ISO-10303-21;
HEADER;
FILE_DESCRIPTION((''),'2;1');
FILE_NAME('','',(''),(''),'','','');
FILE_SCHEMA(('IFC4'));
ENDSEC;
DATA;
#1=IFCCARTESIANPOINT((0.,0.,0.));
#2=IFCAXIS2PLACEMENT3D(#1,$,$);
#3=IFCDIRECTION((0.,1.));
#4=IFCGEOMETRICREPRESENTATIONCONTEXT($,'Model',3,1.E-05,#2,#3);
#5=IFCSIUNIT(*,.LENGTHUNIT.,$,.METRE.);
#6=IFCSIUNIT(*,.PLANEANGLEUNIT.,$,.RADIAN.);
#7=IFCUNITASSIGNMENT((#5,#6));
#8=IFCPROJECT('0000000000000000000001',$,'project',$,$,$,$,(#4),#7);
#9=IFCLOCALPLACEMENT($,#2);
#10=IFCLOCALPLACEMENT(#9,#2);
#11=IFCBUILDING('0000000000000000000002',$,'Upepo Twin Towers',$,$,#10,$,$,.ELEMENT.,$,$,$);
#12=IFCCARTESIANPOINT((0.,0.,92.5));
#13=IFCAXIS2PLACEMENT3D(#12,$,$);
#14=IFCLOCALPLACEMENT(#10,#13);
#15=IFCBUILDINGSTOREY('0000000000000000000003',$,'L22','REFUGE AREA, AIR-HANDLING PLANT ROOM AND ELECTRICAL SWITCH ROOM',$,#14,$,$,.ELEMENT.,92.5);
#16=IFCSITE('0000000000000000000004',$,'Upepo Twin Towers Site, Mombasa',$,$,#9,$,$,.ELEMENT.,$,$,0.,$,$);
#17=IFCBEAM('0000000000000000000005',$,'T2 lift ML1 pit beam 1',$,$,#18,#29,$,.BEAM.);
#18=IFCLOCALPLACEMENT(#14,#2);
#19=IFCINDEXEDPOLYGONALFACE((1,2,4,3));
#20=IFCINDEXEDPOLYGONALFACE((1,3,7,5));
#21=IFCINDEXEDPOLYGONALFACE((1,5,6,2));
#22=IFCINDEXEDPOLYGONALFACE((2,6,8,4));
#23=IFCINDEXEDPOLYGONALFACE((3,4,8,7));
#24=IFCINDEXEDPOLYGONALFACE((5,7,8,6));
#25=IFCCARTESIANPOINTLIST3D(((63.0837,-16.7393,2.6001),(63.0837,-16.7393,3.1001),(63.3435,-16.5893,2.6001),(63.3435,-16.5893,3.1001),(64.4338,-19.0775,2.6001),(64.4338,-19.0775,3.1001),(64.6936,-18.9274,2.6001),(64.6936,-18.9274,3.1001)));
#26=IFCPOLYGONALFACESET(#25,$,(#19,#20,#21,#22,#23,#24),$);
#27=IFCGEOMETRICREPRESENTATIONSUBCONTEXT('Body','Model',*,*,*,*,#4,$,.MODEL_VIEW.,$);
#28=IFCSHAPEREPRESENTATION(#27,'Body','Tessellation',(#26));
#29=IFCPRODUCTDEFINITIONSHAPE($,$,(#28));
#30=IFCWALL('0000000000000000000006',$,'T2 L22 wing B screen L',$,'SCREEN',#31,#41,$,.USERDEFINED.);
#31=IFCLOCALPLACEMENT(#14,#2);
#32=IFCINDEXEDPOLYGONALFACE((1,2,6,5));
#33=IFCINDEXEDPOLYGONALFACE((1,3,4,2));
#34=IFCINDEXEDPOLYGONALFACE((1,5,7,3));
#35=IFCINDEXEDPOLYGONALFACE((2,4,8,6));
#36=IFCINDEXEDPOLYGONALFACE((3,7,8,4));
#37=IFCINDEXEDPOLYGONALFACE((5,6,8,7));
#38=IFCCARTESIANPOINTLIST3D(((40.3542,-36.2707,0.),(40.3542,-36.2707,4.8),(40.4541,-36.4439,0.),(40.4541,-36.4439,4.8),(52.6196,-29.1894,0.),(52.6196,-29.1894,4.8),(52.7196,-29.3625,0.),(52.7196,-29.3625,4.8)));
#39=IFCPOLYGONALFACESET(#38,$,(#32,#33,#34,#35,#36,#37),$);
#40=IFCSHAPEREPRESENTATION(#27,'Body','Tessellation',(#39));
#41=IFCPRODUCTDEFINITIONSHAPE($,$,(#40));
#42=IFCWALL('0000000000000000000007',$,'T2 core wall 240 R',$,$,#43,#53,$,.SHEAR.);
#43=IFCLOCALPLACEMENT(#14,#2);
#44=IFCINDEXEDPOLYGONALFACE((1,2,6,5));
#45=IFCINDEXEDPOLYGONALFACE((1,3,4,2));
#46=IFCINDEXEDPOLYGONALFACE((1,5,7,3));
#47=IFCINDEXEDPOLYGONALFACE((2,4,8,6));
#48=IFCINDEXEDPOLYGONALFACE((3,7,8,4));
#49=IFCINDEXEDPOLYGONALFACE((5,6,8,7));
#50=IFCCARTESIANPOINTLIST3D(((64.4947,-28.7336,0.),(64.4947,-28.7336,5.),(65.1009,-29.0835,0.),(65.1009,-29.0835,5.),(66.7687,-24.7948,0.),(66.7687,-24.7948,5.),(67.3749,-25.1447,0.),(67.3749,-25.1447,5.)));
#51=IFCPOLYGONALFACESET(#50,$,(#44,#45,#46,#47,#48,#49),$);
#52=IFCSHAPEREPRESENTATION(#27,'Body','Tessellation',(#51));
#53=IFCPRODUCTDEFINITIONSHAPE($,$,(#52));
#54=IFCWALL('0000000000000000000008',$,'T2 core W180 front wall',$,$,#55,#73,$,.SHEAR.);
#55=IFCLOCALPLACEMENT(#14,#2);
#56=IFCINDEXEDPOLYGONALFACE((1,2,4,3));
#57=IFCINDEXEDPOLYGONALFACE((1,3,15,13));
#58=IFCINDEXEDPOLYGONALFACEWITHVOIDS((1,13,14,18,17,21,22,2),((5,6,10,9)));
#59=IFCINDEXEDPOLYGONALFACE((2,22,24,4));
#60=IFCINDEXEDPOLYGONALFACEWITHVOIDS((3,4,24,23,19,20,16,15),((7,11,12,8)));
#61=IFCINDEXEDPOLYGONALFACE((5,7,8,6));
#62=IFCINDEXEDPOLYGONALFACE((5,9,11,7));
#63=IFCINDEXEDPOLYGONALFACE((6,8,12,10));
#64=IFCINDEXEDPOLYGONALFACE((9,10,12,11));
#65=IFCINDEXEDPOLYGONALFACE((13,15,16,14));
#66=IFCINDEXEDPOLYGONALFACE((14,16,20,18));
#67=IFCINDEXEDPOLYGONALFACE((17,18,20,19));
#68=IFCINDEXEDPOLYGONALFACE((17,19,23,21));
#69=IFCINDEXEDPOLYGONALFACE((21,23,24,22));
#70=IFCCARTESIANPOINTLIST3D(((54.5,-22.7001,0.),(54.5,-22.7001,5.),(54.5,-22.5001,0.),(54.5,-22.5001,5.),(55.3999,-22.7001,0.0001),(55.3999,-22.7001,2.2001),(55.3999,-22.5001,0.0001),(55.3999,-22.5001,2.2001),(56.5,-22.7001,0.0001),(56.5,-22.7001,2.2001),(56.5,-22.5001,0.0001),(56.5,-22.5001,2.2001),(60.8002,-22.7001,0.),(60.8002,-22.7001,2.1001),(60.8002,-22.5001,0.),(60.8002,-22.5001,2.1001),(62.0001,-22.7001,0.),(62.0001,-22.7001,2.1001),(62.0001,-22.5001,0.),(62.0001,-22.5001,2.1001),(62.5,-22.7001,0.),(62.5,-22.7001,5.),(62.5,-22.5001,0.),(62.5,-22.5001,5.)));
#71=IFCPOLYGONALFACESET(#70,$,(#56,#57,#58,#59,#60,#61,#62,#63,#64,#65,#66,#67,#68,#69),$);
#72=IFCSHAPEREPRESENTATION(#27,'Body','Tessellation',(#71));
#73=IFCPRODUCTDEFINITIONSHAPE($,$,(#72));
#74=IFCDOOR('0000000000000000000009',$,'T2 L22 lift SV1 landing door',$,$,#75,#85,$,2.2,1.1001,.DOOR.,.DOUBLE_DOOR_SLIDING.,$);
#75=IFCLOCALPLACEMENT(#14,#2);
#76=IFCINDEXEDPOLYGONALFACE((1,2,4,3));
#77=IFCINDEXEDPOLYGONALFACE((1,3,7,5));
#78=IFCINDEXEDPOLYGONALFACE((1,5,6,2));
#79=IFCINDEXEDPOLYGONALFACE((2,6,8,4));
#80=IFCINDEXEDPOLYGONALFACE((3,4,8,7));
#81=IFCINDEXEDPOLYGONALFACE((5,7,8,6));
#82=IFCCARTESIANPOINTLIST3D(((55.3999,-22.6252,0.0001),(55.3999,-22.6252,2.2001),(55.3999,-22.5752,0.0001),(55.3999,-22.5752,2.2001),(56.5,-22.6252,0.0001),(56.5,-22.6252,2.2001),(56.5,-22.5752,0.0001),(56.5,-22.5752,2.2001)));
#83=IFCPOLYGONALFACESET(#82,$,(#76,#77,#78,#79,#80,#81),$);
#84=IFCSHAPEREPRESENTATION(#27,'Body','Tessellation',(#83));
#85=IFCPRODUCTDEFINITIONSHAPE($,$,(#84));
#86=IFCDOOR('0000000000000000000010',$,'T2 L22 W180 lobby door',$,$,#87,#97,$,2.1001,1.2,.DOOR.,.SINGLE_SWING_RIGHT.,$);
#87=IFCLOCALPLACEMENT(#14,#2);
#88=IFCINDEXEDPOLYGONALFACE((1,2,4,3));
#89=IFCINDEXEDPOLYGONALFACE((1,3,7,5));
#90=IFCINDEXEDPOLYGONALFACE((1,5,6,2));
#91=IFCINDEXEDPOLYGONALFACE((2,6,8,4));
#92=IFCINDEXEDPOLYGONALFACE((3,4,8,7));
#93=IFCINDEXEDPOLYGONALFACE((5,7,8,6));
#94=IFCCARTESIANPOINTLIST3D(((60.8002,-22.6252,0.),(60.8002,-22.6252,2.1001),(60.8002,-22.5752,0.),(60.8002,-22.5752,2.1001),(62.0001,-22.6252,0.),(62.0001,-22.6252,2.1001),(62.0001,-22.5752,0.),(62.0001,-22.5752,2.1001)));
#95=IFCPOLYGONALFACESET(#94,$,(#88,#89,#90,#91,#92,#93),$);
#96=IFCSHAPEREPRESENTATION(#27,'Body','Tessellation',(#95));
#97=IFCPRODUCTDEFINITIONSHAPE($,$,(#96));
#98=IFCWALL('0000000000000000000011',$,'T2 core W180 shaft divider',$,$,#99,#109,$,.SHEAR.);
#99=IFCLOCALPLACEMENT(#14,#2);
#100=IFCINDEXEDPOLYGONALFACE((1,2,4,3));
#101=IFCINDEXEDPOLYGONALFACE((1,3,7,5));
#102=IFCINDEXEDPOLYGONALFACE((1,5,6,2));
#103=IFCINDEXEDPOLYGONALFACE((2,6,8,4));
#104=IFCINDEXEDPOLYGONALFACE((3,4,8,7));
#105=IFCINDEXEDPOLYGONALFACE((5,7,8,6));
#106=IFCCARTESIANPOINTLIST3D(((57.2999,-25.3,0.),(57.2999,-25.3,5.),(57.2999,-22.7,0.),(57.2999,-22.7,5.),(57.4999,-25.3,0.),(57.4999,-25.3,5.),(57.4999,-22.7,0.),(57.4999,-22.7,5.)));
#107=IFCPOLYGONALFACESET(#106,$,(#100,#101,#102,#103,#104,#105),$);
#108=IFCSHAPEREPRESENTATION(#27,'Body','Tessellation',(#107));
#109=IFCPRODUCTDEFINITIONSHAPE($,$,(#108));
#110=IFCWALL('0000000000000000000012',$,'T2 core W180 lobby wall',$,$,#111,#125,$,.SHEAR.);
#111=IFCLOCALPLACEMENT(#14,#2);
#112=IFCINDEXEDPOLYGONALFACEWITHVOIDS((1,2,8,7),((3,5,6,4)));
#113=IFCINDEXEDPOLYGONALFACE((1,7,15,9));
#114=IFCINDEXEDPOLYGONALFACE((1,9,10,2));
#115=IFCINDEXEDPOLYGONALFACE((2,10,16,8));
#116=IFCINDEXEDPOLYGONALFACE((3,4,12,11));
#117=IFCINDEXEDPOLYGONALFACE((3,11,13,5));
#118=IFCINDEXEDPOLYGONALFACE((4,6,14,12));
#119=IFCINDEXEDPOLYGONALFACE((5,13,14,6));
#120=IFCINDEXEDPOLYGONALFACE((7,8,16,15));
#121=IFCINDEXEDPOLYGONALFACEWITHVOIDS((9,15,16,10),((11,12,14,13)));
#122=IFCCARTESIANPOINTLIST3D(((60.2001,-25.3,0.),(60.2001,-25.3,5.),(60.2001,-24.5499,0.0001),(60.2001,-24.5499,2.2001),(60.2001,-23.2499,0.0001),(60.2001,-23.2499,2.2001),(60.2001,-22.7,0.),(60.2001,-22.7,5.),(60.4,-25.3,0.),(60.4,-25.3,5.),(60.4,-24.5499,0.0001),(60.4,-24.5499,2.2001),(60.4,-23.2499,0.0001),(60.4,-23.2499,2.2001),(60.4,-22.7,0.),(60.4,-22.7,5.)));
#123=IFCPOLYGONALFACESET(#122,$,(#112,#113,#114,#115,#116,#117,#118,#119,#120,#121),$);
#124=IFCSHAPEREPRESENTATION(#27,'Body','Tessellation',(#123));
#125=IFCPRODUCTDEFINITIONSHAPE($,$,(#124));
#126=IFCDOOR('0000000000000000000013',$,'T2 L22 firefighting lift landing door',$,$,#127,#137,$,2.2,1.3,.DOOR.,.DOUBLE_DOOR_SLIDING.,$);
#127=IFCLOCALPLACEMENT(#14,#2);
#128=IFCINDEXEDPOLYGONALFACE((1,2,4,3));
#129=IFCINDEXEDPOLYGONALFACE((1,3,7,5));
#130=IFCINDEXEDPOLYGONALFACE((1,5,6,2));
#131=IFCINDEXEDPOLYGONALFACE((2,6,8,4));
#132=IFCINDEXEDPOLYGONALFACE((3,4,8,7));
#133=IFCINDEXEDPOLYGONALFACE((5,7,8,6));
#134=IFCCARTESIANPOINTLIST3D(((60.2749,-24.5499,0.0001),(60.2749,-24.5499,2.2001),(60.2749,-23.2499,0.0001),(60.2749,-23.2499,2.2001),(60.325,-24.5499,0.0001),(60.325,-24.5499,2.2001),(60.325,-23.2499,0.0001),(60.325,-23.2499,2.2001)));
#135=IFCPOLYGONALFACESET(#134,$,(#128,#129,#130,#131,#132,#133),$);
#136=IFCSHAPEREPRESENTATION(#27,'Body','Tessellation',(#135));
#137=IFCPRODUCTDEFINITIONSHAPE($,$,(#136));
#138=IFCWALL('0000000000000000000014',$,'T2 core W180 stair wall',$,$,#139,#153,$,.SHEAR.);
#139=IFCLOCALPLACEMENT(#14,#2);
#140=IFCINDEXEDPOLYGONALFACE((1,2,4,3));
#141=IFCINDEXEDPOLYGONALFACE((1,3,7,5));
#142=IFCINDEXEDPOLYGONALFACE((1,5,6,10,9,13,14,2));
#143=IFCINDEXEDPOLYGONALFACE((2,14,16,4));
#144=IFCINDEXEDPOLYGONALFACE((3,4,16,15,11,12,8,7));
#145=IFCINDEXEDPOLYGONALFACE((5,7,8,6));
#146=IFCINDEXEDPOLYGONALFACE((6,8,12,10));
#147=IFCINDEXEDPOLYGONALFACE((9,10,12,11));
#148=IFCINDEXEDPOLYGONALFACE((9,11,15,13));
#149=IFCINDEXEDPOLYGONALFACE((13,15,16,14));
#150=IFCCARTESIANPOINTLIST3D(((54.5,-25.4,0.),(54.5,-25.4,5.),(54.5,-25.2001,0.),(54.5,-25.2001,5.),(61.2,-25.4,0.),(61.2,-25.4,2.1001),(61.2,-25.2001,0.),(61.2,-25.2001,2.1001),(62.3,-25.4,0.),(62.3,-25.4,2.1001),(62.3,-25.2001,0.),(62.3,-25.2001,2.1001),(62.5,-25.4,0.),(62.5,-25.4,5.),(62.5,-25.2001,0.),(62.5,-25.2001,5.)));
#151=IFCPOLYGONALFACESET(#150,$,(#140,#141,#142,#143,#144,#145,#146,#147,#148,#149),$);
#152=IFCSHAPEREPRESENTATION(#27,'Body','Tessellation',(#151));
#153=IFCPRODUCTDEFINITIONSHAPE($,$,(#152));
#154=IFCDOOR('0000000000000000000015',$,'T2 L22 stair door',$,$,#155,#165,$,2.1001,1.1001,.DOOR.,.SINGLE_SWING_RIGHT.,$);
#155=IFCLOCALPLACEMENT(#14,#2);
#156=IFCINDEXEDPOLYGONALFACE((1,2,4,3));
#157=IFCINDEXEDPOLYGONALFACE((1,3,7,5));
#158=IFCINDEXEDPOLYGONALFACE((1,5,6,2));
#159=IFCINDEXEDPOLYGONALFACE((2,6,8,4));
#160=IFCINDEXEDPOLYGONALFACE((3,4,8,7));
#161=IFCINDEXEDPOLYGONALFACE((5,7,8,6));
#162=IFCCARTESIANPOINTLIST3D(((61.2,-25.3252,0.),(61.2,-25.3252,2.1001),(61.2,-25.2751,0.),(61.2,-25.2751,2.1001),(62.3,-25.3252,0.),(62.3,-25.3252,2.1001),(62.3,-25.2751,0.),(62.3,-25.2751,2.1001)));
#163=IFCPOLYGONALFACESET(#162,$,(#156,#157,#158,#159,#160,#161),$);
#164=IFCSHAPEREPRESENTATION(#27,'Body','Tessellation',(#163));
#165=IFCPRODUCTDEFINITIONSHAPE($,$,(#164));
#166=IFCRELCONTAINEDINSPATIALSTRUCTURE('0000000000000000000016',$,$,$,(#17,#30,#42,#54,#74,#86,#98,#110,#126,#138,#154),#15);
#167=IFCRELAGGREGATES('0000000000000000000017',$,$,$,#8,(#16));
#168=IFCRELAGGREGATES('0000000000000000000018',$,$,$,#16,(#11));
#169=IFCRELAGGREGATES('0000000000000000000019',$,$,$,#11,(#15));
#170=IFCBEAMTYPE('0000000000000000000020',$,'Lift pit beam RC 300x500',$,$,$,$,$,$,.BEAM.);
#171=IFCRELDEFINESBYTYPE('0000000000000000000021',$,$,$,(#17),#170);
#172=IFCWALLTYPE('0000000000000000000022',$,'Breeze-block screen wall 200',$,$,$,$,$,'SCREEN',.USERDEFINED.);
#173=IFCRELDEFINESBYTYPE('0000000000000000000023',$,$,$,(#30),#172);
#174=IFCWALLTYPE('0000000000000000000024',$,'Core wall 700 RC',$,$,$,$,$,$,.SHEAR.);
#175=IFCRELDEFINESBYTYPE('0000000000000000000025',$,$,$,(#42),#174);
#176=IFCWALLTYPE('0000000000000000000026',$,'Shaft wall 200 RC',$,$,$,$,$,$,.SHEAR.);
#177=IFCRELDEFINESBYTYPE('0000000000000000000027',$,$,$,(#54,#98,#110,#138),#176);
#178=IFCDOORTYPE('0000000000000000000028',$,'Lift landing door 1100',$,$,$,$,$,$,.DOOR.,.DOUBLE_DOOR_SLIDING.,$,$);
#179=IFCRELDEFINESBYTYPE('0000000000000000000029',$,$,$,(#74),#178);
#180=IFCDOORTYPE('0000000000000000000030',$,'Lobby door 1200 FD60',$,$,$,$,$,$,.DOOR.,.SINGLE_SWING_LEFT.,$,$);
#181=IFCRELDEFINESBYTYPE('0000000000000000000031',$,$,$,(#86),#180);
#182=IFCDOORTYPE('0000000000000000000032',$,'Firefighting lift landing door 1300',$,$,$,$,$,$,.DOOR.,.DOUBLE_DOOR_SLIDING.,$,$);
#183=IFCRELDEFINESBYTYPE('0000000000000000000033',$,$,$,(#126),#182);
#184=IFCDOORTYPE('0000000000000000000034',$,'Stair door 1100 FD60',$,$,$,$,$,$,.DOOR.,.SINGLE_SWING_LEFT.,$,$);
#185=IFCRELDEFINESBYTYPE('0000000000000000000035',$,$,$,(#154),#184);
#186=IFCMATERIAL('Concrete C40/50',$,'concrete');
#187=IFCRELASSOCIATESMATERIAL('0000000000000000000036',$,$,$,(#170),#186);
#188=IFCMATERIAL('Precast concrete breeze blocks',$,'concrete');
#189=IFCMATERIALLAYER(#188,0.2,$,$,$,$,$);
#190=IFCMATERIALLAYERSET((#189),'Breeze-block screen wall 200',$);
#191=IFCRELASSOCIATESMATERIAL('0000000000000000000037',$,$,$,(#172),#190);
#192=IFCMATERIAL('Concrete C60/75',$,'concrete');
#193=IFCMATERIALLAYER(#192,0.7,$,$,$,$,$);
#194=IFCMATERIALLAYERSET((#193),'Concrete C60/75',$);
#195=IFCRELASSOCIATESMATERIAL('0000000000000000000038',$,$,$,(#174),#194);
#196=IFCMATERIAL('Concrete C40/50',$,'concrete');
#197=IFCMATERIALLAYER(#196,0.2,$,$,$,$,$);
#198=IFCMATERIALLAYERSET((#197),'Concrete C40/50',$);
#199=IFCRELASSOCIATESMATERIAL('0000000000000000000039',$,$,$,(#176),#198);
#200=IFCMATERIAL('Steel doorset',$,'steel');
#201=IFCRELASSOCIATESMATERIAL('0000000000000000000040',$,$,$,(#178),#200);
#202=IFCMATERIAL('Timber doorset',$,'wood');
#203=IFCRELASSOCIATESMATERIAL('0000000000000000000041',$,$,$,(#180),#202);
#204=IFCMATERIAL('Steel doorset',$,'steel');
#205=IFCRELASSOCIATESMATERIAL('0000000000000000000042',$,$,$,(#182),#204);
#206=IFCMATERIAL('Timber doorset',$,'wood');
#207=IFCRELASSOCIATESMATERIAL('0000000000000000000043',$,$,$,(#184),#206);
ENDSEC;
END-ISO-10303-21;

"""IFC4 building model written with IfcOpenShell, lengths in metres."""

from ifc_helpers import new_model, si_unit, direction, frame, frame_2d, origin, origin_2d, place, context, subcontext, project, spatial, rectangle, extrude, material, layer, layer_set, material_profile, profile_set, type_object, element, fill, save


model = new_model("IFC4")

# Units and contexts
model_context = context("Model", 3, precision=1e-05, world=origin(), true_north=direction((0.0, 1.0)))
body_context = subcontext(model_context, "Body", "Model", "MODEL_VIEW")
ifc_project = project(units=[si_unit("LENGTHUNIT", "METRE"), si_unit("PLANEANGLEUNIT", "RADIAN")], contexts=[model_context])

# Site, building, storey
site_placement = place(None, origin())
site = spatial("IfcSite", under=ifc_project, at=site_placement, Name="Upepo Twin Towers Site, Mombasa", CompositionType="ELEMENT", RefElevation=0.0)
building_placement = place(site_placement, origin())
building = spatial("IfcBuilding", under=site, at=building_placement, Name="Upepo Twin Towers", CompositionType="ELEMENT")
storey_placement = place(building_placement, frame((0.0, 0.0, 92.5)))
storey = spatial("IfcBuildingStorey", under=building, at=storey_placement, Name="L22", Description="REFUGE AREA, AIR-HANDLING PLANT ROOM AND ELECTRICAL SWITCH ROOM", CompositionType="ELEMENT", Elevation=92.5)

# Beam
ifc_material_1 = material(Name="Concrete C40/50", Category="concrete")
ifc_material_profile = material_profile(ifc_material_1, rectangle(XDim=0.3, YDim=0.5, at=origin_2d()), Name="RC 300x500")
ifc_profile_set = profile_set([ifc_material_profile], Name="Concrete C40/50")
beam_type = type_object("IfcBeamType", Name="Lift pit beam RC 300x500", PredefinedType="BEAM", material=ifc_profile_set)
beam_placement = place(storey_placement, frame((64.5637, -19.0024, 2.8501), z_axis=(-0.500049, 0.865997, 0.0), x_axis=(-0.865997, -0.500049, 0.0)))
element("IfcBeam", 1, at=beam_placement, inside=storey, type_object=beam_type, Name="T2 lift ML1 pit beam 1", PredefinedType="BEAM", context=body_context, shape_type="SweptSolid", body=[
    extrude(rectangle(XDim=0.3, YDim=0.5, at=origin_2d()), origin(), (0.0, 0.0, 1.0), 2.7),
])

# Walls
ifc_material_2 = material(Name="Precast concrete breeze blocks", Category="concrete")
ifc_layer_1 = layer(ifc_material_2, 0.2)
ifc_layer_set_1 = layer_set([ifc_layer_1], Name="Breeze-block screen wall 200")
wall_type_1 = type_object("IfcWallType", Name="Breeze-block screen wall 200", ElementType="SCREEN", PredefinedType="USERDEFINED", material=ifc_layer_set_1)
wall_1_placement = place(storey_placement, frame((52.6697, -29.2759, 0.0), z_axis=(0.0, 0.0, 1.0), x_axis=(-0.866029, -0.499994, 0.0)))
element("IfcWall", 2, at=wall_1_placement, inside=storey, type_object=wall_type_1, Name="T2 L22 wing B screen L", ObjectType="SCREEN", PredefinedType="USERDEFINED", context=body_context, shape_type="SweptSolid", body=[
    extrude(rectangle(XDim=14.1628, YDim=0.2, at=frame_2d((7.0815, 0.0))), origin(), (0.0, 0.0, 1.0), 4.8),
])
ifc_material_3 = material(Name="Concrete C60/75", Category="concrete")
ifc_layer_2 = layer(ifc_material_3, 0.7)
ifc_layer_set_2 = layer_set([ifc_layer_2], Name="Concrete C60/75")
wall_type_2 = type_object("IfcWallType", Name="Core wall 700 RC", PredefinedType="SHEAR", material=ifc_layer_set_2)
wall_2_placement = place(storey_placement, frame((64.7979, -28.9084, 0.0), z_axis=(0.0, 0.0, 1.0), x_axis=(0.499984, 0.866035, 0.0)))
element("IfcWall", 3, at=wall_2_placement, inside=storey, type_object=wall_type_2, Name="T2 core wall 240 R", PredefinedType="SHEAR", context=body_context, shape_type="SweptSolid", body=[
    extrude(rectangle(XDim=4.5481, YDim=0.7, at=frame_2d((2.2739, 0.0))), origin(), (0.0, 0.0, 1.0), 5.0),
])

# Wall, openings, doors
ifc_material_4 = material(Name="Concrete C40/50", Category="concrete")
ifc_layer_3 = layer(ifc_material_4, 0.2)
ifc_layer_set_3 = layer_set([ifc_layer_3], Name="Concrete C40/50")
wall_type_3 = type_object("IfcWallType", Name="Shaft wall 200 RC", PredefinedType="SHEAR", material=ifc_layer_set_3)
wall_3_placement = place(storey_placement, frame((54.5, -22.6001, 0.0), z_axis=(0.0, 0.0, 1.0), x_axis=(1.0, 0.0, 0.0)))
wall_3 = element("IfcWall", 4, at=wall_3_placement, inside=storey, type_object=wall_type_3, Name="T2 core W180 front wall", PredefinedType="SHEAR", context=body_context, shape_type="SweptSolid", body=[
    extrude(rectangle(XDim=8.0, YDim=0.2, at=frame_2d((4.0, 0.0))), origin(), (0.0, 0.0, 1.0), 5.0),
])
opening_1_placement = place(wall_3_placement, frame((6.3, 0.0, 0.0)))
opening_1 = element("IfcOpeningElement", 5, at=opening_1_placement, cuts=wall_3, PredefinedType="OPENING", context=body_context, shape_type="SweptSolid", body=[
    extrude(rectangle(XDim=1.2, YDim=2.1001, at=frame_2d((0.6001, 1.05))), frame((0.0, 0.1099, 0.0), z_axis=(0.0, -1.0, 0.0), x_axis=(1.0, 0.0, 0.0)), (0.0, 0.0, 1.0), 0.22),
])
opening_2_placement = place(wall_3_placement, frame((0.8999, 0.0, 0.0)))
opening_2 = element("IfcOpeningElement", 6, at=opening_2_placement, cuts=wall_3, PredefinedType="OPENING", context=body_context, shape_type="SweptSolid", body=[
    extrude(rectangle(XDim=1.1001, YDim=2.2, at=frame_2d((0.55, 1.1001))), frame((0.0, 0.1099, 0.0), z_axis=(0.0, -1.0, 0.0), x_axis=(1.0, 0.0, 0.0)), (0.0, 0.0, 1.0), 0.22),
])
ifc_material_5 = material(Name="Steel doorset", Category="steel")
door_type_1 = type_object("IfcDoorType", Name="Lift landing door 1100", OperationType="DOUBLE_DOOR_SLIDING", PredefinedType="DOOR", material=ifc_material_5)
door_1_placement = place(opening_2_placement, origin())
door_1 = element("IfcDoor", 7, at=door_1_placement, inside=storey, type_object=door_type_1, Name="T2 L22 lift SV1 landing door", OperationType="DOUBLE_DOOR_SLIDING", OverallHeight=2.2, OverallWidth=1.1001, PredefinedType="DOOR", context=body_context, shape_type="SweptSolid", body=[
    extrude(rectangle(XDim=1.1001, YDim=2.2, at=frame_2d((0.55, 1.1001))), frame((0.0, 0.0249, 0.0), z_axis=(0.0, -1.0, 0.0), x_axis=(1.0, 0.0, 0.0)), (0.0, 0.0, 1.0), 0.05),
])
fill(opening_2, door_1)
ifc_material_6 = material(Name="Timber doorset", Category="wood")
door_type_2 = type_object("IfcDoorType", Name="Lobby door 1200 FD60", OperationType="SINGLE_SWING_LEFT", PredefinedType="DOOR", material=ifc_material_6)
door_2_placement = place(opening_1_placement, origin())
door_2 = element("IfcDoor", 8, at=door_2_placement, inside=storey, type_object=door_type_2, Name="T2 L22 W180 lobby door", OperationType="SINGLE_SWING_RIGHT", OverallHeight=2.1001, OverallWidth=1.2, PredefinedType="DOOR", context=body_context, shape_type="SweptSolid", body=[
    extrude(rectangle(XDim=1.2, YDim=2.1001, at=frame_2d((0.6001, 1.05))), frame((0.0, 0.0249, 0.0), z_axis=(0.0, -1.0, 0.0), x_axis=(1.0, 0.0, 0.0)), (0.0, 0.0, 1.0), 0.05),
])
fill(opening_1, door_2)

# Wall
wall_4_placement = place(storey_placement, frame((57.3999, -22.7, 0.0), z_axis=(0.0, 0.0, 1.0), x_axis=(0.0, -1.0, 0.0)))
element("IfcWall", 9, at=wall_4_placement, inside=storey, type_object=wall_type_3, Name="T2 core W180 shaft divider", PredefinedType="SHEAR", context=body_context, shape_type="SweptSolid", body=[
    extrude(rectangle(XDim=2.6001, YDim=0.2, at=frame_2d((1.3, 0.0))), origin(), (0.0, 0.0, 1.0), 5.0),
])

# Walls, openings, doors
wall_5_placement = place(storey_placement, frame((60.3, -22.7, 0.0), z_axis=(0.0, 0.0, 1.0), x_axis=(0.0, -1.0, 0.0)))
wall_5 = element("IfcWall", 10, at=wall_5_placement, inside=storey, type_object=wall_type_3, Name="T2 core W180 lobby wall", PredefinedType="SHEAR", context=body_context, shape_type="SweptSolid", body=[
    extrude(rectangle(XDim=2.6001, YDim=0.2, at=frame_2d((1.3, 0.0))), origin(), (0.0, 0.0, 1.0), 5.0),
])
opening_3_placement = place(wall_5_placement, frame((0.55, 0.0, 0.0)))
opening_3 = element("IfcOpeningElement", 11, at=opening_3_placement, cuts=wall_5, PredefinedType="OPENING", context=body_context, shape_type="SweptSolid", body=[
    extrude(rectangle(XDim=1.3, YDim=2.2, at=frame_2d((0.6499, 1.1001))), frame((0.0, 0.1099, 0.0), z_axis=(0.0, -1.0, 0.0), x_axis=(1.0, 0.0, 0.0)), (0.0, 0.0, 1.0), 0.22),
])
ifc_material_7 = material(Name="Steel doorset", Category="steel")
door_type_3 = type_object("IfcDoorType", Name="Firefighting lift landing door 1300", OperationType="DOUBLE_DOOR_SLIDING", PredefinedType="DOOR", material=ifc_material_7)
door_3_placement = place(opening_3_placement, origin())
door_3 = element("IfcDoor", 12, at=door_3_placement, inside=storey, type_object=door_type_3, Name="T2 L22 firefighting lift landing door", OperationType="DOUBLE_DOOR_SLIDING", OverallHeight=2.2, OverallWidth=1.3, PredefinedType="DOOR", context=body_context, shape_type="SweptSolid", body=[
    extrude(rectangle(XDim=1.3, YDim=2.2, at=frame_2d((0.6499, 1.1001))), frame((0.0, 0.0249, 0.0), z_axis=(0.0, -1.0, 0.0), x_axis=(1.0, 0.0, 0.0)), (0.0, 0.0, 1.0), 0.05),
])
fill(opening_3, door_3)
wall_6_placement = place(storey_placement, frame((54.5, -25.3, 0.0), z_axis=(0.0, 0.0, 1.0), x_axis=(1.0, 0.0, 0.0)))
wall_6 = element("IfcWall", 13, at=wall_6_placement, inside=storey, type_object=wall_type_3, Name="T2 core W180 stair wall", PredefinedType="SHEAR", context=body_context, shape_type="SweptSolid", body=[
    extrude(rectangle(XDim=8.0, YDim=0.2, at=frame_2d((4.0, 0.0))), origin(), (0.0, 0.0, 1.0), 5.0),
])
opening_4_placement = place(wall_6_placement, frame((6.7, 0.0, 0.0)))
opening_4 = element("IfcOpeningElement", 14, at=opening_4_placement, cuts=wall_6, PredefinedType="OPENING", context=body_context, shape_type="SweptSolid", body=[
    extrude(rectangle(XDim=1.1001, YDim=2.1001, at=frame_2d((0.55, 1.05))), frame((0.0, 0.1099, 0.0), z_axis=(0.0, -1.0, 0.0), x_axis=(1.0, 0.0, 0.0)), (0.0, 0.0, 1.0), 0.22),
])
ifc_material_8 = material(Name="Timber doorset", Category="wood")
door_type_4 = type_object("IfcDoorType", Name="Stair door 1100 FD60", OperationType="SINGLE_SWING_LEFT", PredefinedType="DOOR", material=ifc_material_8)
door_4_placement = place(opening_4_placement, origin())
door_4 = element("IfcDoor", 15, at=door_4_placement, inside=storey, type_object=door_type_4, Name="T2 L22 stair door", OperationType="SINGLE_SWING_RIGHT", OverallHeight=2.1001, OverallWidth=1.1001, PredefinedType="DOOR", context=body_context, shape_type="SweptSolid", body=[
    extrude(rectangle(XDim=1.1001, YDim=2.1001, at=frame_2d((0.55, 1.05))), frame((0.0, 0.0249, 0.0), z_axis=(0.0, -1.0, 0.0), x_axis=(1.0, 0.0, 0.0)), (0.0, 0.0, 1.0), 0.05),
])
fill(opening_4, door_4)

save(model, "model.ifc")
